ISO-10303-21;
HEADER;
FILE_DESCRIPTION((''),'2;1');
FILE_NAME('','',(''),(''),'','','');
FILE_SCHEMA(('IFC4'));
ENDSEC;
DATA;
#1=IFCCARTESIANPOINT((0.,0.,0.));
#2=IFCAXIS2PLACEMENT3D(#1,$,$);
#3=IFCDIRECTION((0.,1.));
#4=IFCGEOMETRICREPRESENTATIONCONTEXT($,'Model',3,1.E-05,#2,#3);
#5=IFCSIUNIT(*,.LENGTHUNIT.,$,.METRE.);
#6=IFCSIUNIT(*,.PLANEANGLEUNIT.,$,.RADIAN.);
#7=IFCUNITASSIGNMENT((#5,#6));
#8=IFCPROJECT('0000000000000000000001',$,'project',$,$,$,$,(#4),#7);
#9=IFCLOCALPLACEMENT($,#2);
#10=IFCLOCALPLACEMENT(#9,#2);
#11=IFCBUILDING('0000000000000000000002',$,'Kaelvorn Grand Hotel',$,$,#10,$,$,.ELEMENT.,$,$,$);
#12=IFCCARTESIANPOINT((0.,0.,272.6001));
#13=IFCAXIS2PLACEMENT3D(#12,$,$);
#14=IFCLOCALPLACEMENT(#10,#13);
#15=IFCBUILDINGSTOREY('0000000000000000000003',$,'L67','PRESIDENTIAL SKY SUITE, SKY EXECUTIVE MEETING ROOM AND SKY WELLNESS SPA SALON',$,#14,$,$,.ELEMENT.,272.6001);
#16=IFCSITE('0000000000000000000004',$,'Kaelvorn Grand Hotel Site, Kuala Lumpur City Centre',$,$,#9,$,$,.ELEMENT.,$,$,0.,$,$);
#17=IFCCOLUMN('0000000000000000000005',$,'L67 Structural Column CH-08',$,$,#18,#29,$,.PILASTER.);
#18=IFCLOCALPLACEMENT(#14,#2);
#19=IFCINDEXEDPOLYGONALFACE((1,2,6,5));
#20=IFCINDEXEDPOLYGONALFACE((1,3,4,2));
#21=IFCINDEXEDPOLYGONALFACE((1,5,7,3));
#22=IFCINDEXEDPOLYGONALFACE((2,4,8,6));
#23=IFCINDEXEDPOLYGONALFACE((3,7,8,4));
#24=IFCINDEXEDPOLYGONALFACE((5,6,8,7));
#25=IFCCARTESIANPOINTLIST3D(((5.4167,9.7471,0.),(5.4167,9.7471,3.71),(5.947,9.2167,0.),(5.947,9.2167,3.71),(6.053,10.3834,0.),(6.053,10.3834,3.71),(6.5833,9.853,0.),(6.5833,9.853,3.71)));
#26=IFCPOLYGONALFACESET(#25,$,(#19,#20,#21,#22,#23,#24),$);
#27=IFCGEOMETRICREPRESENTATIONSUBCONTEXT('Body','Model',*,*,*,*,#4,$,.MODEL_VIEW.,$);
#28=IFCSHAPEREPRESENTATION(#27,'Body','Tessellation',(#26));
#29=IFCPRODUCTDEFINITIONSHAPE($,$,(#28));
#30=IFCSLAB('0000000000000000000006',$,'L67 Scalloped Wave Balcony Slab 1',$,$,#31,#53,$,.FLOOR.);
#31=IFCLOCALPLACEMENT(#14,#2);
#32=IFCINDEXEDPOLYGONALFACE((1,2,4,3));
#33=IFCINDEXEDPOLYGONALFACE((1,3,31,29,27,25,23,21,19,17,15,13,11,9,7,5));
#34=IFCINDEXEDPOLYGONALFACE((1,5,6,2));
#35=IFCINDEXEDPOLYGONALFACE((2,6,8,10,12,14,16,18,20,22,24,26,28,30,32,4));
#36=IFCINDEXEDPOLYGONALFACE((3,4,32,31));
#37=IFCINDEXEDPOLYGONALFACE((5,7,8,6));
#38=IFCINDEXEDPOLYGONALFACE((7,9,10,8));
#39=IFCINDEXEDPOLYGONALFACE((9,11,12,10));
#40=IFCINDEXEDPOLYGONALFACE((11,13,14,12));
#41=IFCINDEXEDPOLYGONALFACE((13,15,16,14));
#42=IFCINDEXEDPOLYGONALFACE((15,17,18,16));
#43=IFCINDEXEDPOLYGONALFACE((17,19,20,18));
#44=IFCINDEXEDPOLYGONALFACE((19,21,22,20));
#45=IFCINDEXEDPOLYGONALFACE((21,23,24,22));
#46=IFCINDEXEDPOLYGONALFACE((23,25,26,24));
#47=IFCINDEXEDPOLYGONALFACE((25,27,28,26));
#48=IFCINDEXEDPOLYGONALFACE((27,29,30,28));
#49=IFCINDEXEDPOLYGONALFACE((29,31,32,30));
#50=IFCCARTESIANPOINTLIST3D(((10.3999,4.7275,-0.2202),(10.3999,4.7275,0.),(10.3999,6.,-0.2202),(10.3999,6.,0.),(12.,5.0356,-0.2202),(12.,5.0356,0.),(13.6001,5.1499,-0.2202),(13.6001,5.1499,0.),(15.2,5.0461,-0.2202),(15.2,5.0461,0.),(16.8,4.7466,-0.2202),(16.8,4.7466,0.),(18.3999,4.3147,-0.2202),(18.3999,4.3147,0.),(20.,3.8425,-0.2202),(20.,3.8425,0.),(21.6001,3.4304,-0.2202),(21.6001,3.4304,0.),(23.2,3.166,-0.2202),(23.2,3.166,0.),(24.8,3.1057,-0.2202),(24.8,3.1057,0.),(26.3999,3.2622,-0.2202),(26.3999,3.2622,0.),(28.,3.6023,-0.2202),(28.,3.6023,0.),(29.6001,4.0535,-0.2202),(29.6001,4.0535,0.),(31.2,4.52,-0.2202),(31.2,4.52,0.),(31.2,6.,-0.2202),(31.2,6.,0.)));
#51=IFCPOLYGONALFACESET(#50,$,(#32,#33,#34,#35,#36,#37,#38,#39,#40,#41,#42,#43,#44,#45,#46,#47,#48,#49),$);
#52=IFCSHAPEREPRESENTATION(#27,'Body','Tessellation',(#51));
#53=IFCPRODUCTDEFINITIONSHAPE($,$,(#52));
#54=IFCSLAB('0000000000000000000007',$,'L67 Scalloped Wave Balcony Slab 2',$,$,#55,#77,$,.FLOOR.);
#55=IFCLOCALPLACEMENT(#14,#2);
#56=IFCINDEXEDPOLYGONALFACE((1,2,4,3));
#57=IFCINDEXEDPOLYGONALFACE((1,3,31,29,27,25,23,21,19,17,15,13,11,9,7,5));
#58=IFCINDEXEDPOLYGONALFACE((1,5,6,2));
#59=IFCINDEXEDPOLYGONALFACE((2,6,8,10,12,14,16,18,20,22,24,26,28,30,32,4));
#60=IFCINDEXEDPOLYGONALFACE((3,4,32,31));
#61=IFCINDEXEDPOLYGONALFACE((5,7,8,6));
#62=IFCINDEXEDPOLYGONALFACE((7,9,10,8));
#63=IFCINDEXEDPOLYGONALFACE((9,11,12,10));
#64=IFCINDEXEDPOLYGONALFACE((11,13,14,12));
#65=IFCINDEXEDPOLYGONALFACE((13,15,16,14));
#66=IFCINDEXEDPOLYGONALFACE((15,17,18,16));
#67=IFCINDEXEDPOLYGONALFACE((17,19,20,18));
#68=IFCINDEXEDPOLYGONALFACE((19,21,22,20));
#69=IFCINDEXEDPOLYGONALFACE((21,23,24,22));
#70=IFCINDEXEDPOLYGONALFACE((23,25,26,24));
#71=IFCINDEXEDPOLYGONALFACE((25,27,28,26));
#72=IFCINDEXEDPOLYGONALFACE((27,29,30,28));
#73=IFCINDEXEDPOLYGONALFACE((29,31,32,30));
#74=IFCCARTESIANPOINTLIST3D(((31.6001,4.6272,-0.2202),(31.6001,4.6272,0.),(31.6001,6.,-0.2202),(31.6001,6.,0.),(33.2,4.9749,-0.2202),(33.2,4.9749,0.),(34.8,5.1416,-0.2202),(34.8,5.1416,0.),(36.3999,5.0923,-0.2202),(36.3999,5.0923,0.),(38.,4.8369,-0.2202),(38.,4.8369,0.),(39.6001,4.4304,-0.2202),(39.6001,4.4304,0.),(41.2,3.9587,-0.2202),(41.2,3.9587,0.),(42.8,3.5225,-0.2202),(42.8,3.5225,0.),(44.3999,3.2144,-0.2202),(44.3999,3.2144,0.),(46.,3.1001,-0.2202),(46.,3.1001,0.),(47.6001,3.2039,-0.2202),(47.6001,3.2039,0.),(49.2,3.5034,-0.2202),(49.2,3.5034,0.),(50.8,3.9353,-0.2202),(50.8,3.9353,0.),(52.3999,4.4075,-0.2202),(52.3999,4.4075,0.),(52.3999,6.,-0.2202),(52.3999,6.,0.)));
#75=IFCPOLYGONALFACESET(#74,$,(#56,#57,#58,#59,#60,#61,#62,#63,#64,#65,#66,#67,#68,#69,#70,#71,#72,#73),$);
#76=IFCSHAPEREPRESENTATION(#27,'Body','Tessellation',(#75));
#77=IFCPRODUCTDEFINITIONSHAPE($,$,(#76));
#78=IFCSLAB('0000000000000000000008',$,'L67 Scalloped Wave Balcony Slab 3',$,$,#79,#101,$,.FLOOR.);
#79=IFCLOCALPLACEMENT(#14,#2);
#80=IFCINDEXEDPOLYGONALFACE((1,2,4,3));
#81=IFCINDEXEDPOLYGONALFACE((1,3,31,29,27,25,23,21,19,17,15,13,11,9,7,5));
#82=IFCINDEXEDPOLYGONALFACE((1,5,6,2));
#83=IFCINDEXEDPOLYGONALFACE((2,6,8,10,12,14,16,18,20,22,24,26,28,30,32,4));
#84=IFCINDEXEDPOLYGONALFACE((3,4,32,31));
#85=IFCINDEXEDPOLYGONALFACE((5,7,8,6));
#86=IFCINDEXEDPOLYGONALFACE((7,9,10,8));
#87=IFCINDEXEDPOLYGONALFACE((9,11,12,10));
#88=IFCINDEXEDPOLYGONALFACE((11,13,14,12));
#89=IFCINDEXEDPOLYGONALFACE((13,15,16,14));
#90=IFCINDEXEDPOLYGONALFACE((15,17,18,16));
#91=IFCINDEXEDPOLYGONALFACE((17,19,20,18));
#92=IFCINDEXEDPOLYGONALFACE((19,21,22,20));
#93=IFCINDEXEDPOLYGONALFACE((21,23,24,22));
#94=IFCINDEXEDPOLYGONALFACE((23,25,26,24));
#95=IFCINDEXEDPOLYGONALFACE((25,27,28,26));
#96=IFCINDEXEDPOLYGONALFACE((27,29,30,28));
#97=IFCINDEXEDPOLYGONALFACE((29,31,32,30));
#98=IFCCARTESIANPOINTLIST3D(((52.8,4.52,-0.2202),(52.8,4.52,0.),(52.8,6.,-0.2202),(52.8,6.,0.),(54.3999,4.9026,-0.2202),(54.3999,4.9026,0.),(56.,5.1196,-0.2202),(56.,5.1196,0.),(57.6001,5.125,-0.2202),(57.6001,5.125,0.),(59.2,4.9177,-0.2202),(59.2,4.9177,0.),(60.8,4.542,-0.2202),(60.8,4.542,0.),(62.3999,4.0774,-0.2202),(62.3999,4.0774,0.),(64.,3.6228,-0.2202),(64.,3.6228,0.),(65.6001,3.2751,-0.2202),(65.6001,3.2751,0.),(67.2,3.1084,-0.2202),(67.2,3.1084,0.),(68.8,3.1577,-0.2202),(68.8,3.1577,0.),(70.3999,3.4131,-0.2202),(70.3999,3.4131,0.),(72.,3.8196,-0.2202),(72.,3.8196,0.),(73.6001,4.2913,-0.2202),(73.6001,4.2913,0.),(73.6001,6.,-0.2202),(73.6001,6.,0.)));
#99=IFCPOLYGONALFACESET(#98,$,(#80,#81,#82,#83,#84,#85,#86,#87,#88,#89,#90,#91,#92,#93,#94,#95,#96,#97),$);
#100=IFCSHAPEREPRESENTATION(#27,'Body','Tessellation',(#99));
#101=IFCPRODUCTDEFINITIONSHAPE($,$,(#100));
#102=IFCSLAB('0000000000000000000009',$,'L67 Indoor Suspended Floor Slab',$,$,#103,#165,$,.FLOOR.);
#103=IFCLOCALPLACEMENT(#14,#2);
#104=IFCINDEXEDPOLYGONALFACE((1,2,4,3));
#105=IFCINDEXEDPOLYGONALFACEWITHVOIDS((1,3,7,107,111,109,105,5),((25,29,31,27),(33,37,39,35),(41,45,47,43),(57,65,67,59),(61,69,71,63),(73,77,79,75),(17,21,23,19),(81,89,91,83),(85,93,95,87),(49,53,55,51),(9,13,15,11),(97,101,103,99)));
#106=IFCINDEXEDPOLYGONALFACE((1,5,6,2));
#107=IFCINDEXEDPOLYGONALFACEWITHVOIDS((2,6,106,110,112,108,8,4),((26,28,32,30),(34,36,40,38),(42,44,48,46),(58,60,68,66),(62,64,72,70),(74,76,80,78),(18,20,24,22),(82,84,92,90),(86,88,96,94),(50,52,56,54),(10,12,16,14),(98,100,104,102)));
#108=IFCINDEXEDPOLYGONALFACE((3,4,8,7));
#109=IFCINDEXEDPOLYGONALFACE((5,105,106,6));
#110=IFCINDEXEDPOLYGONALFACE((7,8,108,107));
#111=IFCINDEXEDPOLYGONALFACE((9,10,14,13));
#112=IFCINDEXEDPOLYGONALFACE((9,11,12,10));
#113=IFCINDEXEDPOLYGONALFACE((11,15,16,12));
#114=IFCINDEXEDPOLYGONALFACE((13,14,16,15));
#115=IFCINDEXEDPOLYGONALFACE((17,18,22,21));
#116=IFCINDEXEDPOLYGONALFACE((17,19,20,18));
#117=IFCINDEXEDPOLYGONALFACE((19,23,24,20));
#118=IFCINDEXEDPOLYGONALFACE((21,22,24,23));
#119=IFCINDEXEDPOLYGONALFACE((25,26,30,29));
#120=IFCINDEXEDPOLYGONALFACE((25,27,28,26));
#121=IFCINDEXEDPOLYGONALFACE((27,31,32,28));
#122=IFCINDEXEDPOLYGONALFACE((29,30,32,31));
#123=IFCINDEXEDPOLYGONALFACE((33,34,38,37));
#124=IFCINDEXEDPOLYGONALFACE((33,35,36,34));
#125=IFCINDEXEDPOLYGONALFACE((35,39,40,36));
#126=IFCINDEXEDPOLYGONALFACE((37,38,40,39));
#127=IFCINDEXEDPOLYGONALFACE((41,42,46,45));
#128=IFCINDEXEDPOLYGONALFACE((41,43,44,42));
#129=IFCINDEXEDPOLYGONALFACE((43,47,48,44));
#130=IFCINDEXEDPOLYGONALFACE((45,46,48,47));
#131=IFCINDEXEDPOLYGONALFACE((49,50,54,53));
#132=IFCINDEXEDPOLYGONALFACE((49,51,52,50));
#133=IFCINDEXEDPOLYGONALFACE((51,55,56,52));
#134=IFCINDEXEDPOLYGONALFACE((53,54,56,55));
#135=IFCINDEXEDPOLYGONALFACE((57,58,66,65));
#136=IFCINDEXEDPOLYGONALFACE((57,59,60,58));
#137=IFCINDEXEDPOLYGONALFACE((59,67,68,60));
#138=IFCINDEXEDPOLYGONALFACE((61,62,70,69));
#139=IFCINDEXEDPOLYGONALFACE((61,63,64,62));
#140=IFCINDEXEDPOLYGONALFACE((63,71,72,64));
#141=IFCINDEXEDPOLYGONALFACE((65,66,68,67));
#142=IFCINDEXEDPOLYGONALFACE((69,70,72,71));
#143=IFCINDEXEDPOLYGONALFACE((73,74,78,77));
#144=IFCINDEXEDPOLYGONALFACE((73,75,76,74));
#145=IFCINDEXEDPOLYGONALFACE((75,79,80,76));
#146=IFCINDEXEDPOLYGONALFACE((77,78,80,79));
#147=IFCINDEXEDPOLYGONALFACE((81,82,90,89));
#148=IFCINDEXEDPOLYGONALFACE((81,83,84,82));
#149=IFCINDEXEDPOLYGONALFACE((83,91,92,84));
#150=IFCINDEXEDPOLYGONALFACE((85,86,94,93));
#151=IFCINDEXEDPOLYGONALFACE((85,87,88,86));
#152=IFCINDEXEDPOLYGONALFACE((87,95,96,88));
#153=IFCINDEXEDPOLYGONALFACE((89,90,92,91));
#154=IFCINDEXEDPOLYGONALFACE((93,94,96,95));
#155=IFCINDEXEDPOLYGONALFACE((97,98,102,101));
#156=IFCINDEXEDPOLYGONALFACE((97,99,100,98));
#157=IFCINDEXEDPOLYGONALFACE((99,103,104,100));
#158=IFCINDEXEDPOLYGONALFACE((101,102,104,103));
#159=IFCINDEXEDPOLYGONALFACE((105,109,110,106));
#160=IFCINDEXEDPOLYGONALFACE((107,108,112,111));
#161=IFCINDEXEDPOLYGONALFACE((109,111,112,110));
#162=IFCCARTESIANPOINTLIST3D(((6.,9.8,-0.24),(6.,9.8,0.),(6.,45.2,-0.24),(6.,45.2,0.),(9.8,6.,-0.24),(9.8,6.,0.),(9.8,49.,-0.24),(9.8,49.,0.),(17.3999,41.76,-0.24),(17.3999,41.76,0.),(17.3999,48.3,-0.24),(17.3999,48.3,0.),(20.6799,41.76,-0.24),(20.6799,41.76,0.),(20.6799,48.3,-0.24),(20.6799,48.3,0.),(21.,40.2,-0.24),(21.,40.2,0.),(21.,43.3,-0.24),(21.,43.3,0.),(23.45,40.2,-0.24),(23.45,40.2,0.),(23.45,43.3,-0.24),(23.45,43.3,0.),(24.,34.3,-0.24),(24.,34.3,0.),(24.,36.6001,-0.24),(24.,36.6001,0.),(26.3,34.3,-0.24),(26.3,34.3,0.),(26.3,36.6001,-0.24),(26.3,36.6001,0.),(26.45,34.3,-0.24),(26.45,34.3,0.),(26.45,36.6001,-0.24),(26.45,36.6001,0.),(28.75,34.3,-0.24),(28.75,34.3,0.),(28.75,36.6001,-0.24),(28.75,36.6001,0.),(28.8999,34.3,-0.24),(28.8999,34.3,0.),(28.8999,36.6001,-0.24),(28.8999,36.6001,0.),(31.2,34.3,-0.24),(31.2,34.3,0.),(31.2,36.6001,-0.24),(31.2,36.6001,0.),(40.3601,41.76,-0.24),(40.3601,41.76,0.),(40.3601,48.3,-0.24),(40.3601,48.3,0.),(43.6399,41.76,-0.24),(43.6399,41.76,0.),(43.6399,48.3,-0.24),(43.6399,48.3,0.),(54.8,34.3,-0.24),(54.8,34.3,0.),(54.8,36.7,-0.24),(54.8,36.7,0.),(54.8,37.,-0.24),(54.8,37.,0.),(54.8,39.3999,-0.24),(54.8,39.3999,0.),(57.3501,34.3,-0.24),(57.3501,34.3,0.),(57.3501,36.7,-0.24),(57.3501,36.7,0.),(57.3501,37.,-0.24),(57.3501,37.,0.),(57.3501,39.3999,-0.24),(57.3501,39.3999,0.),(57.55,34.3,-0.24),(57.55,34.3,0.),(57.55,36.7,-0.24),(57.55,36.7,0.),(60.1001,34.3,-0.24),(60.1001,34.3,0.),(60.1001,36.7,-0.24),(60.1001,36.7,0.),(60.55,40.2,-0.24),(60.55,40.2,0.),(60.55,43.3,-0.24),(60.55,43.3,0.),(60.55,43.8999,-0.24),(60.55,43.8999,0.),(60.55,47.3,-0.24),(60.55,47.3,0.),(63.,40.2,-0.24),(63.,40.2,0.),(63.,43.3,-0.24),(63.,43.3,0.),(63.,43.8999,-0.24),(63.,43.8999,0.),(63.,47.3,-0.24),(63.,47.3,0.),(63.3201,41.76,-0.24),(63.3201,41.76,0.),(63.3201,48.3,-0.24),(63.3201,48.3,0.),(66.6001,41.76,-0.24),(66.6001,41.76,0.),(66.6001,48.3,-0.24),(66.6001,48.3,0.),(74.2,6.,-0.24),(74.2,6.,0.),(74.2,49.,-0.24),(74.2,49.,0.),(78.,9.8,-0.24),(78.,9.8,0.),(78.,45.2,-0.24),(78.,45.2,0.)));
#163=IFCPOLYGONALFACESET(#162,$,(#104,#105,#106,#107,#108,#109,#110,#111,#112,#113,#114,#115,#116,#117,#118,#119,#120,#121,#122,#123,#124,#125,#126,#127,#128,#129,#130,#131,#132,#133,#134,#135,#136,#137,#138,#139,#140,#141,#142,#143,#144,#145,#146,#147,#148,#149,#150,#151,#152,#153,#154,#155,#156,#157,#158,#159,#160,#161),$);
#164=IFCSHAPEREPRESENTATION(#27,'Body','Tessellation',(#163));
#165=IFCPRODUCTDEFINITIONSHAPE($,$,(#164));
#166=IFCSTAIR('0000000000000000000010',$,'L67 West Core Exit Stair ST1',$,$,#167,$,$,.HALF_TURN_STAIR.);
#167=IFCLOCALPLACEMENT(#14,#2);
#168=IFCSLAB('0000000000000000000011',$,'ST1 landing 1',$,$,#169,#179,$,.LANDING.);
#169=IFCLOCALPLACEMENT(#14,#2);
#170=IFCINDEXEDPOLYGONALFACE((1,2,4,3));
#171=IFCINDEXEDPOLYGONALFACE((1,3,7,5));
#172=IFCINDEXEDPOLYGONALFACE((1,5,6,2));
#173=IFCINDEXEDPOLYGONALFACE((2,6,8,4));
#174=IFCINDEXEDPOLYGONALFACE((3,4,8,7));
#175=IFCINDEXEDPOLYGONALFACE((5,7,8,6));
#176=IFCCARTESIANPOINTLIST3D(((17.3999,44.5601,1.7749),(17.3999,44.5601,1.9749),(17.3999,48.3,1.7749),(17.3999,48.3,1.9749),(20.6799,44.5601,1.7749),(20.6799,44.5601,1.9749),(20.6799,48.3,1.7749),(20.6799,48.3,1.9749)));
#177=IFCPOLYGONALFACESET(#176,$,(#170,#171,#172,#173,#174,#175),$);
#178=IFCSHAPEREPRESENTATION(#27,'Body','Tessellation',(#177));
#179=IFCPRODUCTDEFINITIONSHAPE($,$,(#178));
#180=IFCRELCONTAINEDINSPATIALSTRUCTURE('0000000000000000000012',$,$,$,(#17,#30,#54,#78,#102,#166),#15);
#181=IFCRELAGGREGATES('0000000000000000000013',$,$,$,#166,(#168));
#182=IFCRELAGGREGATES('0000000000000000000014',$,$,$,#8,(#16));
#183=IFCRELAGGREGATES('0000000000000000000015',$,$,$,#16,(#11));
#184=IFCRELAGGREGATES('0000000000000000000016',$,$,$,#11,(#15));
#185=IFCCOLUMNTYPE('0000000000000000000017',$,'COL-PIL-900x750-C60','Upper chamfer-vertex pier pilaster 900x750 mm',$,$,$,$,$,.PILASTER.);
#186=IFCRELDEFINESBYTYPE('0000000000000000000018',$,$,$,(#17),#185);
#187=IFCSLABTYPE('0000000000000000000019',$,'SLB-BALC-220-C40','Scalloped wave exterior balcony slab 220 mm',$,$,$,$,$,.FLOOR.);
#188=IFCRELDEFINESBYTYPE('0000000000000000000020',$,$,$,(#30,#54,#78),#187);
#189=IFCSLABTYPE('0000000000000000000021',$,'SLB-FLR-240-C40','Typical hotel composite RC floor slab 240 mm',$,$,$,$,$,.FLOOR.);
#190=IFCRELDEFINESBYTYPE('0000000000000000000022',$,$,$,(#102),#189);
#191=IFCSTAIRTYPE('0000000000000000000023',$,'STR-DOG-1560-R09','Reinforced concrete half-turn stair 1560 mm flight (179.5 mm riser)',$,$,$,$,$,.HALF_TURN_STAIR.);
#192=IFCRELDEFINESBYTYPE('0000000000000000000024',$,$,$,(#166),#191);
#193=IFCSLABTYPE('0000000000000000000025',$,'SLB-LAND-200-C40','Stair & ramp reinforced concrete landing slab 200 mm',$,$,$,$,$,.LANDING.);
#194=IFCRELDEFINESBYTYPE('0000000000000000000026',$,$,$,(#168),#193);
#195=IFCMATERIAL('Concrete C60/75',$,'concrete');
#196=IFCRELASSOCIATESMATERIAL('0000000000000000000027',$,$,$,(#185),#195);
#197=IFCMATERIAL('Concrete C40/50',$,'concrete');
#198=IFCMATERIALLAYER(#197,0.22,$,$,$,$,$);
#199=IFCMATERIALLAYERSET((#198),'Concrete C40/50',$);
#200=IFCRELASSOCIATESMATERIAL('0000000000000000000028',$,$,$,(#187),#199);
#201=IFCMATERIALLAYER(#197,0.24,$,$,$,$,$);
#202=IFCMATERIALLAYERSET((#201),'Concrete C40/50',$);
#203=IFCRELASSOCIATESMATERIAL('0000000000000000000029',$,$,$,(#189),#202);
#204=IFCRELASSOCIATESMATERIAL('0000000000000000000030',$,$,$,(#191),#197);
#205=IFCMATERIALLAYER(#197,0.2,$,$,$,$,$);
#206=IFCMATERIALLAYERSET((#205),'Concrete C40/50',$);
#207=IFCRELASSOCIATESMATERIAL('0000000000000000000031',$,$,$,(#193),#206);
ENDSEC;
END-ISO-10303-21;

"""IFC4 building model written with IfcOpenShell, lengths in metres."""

from ifc_helpers import new_model, si_unit, direction, frame, origin, origin_2d, place, context, subcontext, project, spatial, polyline, rectangle, outline, extrude, material, layer, layer_set, material_profile, profile_set, type_object, element, aggregate, save


model = new_model("IFC4")

# Units and contexts
model_context = context("Model", 3, precision=1e-05, world=origin(), true_north=direction((0.0, 1.0)))
body_context = subcontext(model_context, "Body", "Model", "MODEL_VIEW")
ifc_project = project(units=[si_unit("LENGTHUNIT", "METRE"), si_unit("PLANEANGLEUNIT", "RADIAN")], contexts=[model_context])

# Site, building, storey
site_placement = place(None, origin())
site = spatial("IfcSite", under=ifc_project, at=site_placement, Name="Kaelvorn Grand Hotel Site, Kuala Lumpur City Centre", CompositionType="ELEMENT", RefElevation=0.0)
building_placement = place(site_placement, origin())
building = spatial("IfcBuilding", under=site, at=building_placement, Name="Kaelvorn Grand Hotel", CompositionType="ELEMENT")
storey_placement = place(building_placement, frame((0.0, 0.0, 272.6001)))
storey = spatial("IfcBuildingStorey", under=building, at=storey_placement, Name="L67", Description="PRESIDENTIAL SKY SUITE, SKY EXECUTIVE MEETING ROOM AND SKY WELLNESS SPA SALON", CompositionType="ELEMENT", Elevation=272.6001)

# Column
ifc_material_1 = material(Name="Concrete C60/75", Category="concrete")
ifc_material_profile = material_profile(ifc_material_1, rectangle(XDim=0.8999, YDim=0.75, at=origin_2d()), Name="RC PILASTER 900x750")
ifc_profile_set = profile_set([ifc_material_profile], Name="Concrete C60/75")
column_type = type_object("IfcColumnType", Name="COL-PIL-900x750-C60", Description="Upper chamfer-vertex pier pilaster 900x750 mm", PredefinedType="PILASTER", material=ifc_profile_set)
column_placement = place(storey_placement, frame((6.0, 9.8, 0.0), z_axis=(0.0, 0.0, 1.0), x_axis=(0.707107, 0.707107, 0.0)))
element("IfcColumn", 1, at=column_placement, inside=storey, type_object=column_type, Name="L67 Structural Column CH-08", PredefinedType="PILASTER", context=body_context, shape_type="SweptSolid", body=[
    extrude(rectangle(XDim=0.8999, YDim=0.75, at=origin_2d()), origin(), (0.0, 0.0, 1.0), 3.71),
])

# Slabs
ifc_material_2 = material(Name="Concrete C40/50", Category="concrete")
ifc_layer_1 = layer(ifc_material_2, 0.22)
ifc_layer_set_1 = layer_set([ifc_layer_1], Name="Concrete C40/50")
slab_type_1 = type_object("IfcSlabType", Name="SLB-BALC-220-C40", Description="Scalloped wave exterior balcony slab 220 mm", PredefinedType="FLOOR", material=ifc_layer_set_1)
slab_1_placement = place(storey_placement, frame((0.0, 0.0, -0.2202)))
element("IfcSlab", 2, at=slab_1_placement, inside=storey, type_object=slab_type_1, Name="L67 Scalloped Wave Balcony Slab 1", PredefinedType="FLOOR", context=body_context, shape_type="SweptSolid", body=[
    extrude(outline(polyline([(10.3999, 4.7275), (12.0, 5.0356), (13.6001, 5.1499), (15.2, 5.0461), (16.8, 4.7466), (18.3999, 4.3147), (20.0, 3.8425), (21.6001, 3.4304), (23.2, 3.166), (24.8, 3.1057), (26.3999, 3.2622), (28.0, 3.6023), (29.6001, 4.0535), (31.2, 4.52), (31.2, 6.0), (10.3999, 6.0), (10.3999, 4.7275)])), origin(), (0.0, 0.0, 1.0), 0.2202),
])
slab_2_placement = place(storey_placement, frame((0.0, 0.0, -0.2202)))
element("IfcSlab", 3, at=slab_2_placement, inside=storey, type_object=slab_type_1, Name="L67 Scalloped Wave Balcony Slab 2", PredefinedType="FLOOR", context=body_context, shape_type="SweptSolid", body=[
    extrude(outline(polyline([(31.6001, 4.6272), (33.2, 4.9749), (34.8, 5.1416), (36.3999, 5.0923), (38.0, 4.8369), (39.6001, 4.4304), (41.2, 3.9587), (42.8, 3.5225), (44.3999, 3.2144), (46.0, 3.1001), (47.6001, 3.2039), (49.2, 3.5034), (50.8, 3.9353), (52.3999, 4.4075), (52.3999, 6.0), (31.6001, 6.0), (31.6001, 4.6272)])), origin(), (0.0, 0.0, 1.0), 0.2202),
])
slab_3_placement = place(storey_placement, frame((0.0, 0.0, -0.2202)))
element("IfcSlab", 4, at=slab_3_placement, inside=storey, type_object=slab_type_1, Name="L67 Scalloped Wave Balcony Slab 3", PredefinedType="FLOOR", context=body_context, shape_type="SweptSolid", body=[
    extrude(outline(polyline([(52.8, 4.52), (54.3999, 4.9026), (56.0, 5.1196), (57.6001, 5.125), (59.2, 4.9177), (60.8, 4.542), (62.3999, 4.0774), (64.0, 3.6228), (65.6001, 3.2751), (67.2, 3.1084), (68.8, 3.1577), (70.3999, 3.4131), (72.0, 3.8196), (73.6001, 4.2913), (73.6001, 6.0), (52.8, 6.0), (52.8, 4.52)])), origin(), (0.0, 0.0, 1.0), 0.2202),
])
ifc_layer_2 = layer(ifc_material_2, 0.24)
ifc_layer_set_2 = layer_set([ifc_layer_2], Name="Concrete C40/50")
slab_type_2 = type_object("IfcSlabType", Name="SLB-FLR-240-C40", Description="Typical hotel composite RC floor slab 240 mm", PredefinedType="FLOOR", material=ifc_layer_set_2)
slab_4_placement = place(storey_placement, frame((0.0, 0.0, -0.24)))
element("IfcSlab", 5, at=slab_4_placement, inside=storey, type_object=slab_type_2, Name="L67 Indoor Suspended Floor Slab", PredefinedType="FLOOR", context=body_context, shape_type="SweptSolid", body=[
    extrude(outline(polyline([(9.8, 6.0), (74.2, 6.0), (78.0, 9.8), (78.0, 45.2), (74.2, 49.0), (9.8, 49.0), (6.0, 45.2), (6.0, 9.8), (9.8, 6.0)]), holes=[polyline([(17.3999, 41.76), (17.3999, 48.3), (20.6799, 48.3), (20.6799, 41.76), (17.3999, 41.76)]), polyline([(40.3601, 41.76), (40.3601, 48.3), (43.6399, 48.3), (43.6399, 41.76), (40.3601, 41.76)]), polyline([(63.3201, 41.76), (63.3201, 48.3), (66.6001, 48.3), (66.6001, 41.76), (63.3201, 41.76)]), polyline([(24.0, 34.3), (24.0, 36.6001), (26.3, 36.6001), (26.3, 34.3), (24.0, 34.3)]), polyline([(26.45, 34.3), (26.45, 36.6001), (28.75, 36.6001), (28.75, 34.3), (26.45, 34.3)]), polyline([(28.8999, 34.3), (28.8999, 36.6001), (31.2, 36.6001), (31.2, 34.3), (28.8999, 34.3)]), polyline([(54.8, 34.3), (54.8, 36.7), (57.3501, 36.7), (57.3501, 34.3), (54.8, 34.3)]), polyline([(57.55, 34.3), (57.55, 36.7), (60.1001, 36.7), (60.1001, 34.3), (57.55, 34.3)]), polyline([(54.8, 37.0), (54.8, 39.3999), (57.3501, 39.3999), (57.3501, 37.0), (54.8, 37.0)]), polyline([(21.0, 40.2), (21.0, 43.3), (23.45, 43.3), (23.45, 40.2), (21.0, 40.2)]), polyline([(60.55, 40.2), (60.55, 43.3), (63.0, 43.3), (63.0, 40.2), (60.55, 40.2)]), polyline([(60.55, 43.8999), (60.55, 47.3), (63.0, 47.3), (63.0, 43.8999), (60.55, 43.8999)])]), origin(), (0.0, 0.0, 1.0), 0.24),
])

# Stair, slab
stair_type = type_object("IfcStairType", Name="STR-DOG-1560-R09", Description="Reinforced concrete half-turn stair 1560 mm flight (179.5 mm riser)", PredefinedType="HALF_TURN_STAIR", material=ifc_material_2)
stair_1_placement = place(storey_placement, origin())
stair_1 = element("IfcStair", 6, at=stair_1_placement, inside=storey, type_object=stair_type, Name="L67 West Core Exit Stair ST1", PredefinedType="HALF_TURN_STAIR")
ifc_layer_3 = layer(ifc_material_2, 0.2)
ifc_layer_set_3 = layer_set([ifc_layer_3], Name="Concrete C40/50")
slab_type_3 = type_object("IfcSlabType", Name="SLB-LAND-200-C40", Description="Stair & ramp reinforced concrete landing slab 200 mm", PredefinedType="LANDING", material=ifc_layer_set_3)
slab_5_placement = place(storey_placement, frame((0.0, 0.0, 1.7749)))
slab_5 = element("IfcSlab", 7, at=slab_5_placement, type_object=slab_type_3, Name="ST1 landing 1", PredefinedType="LANDING", context=body_context, shape_type="SweptSolid", body=[
    extrude(outline(polyline([(20.6799, 44.5601), (20.6799, 48.3), (17.3999, 48.3), (17.3999, 44.5601), (20.6799, 44.5601)])), origin(), (0.0, 0.0, 1.0), 0.2),
])
aggregate(stair_1, [slab_5])

save(model, "model.ifc")
